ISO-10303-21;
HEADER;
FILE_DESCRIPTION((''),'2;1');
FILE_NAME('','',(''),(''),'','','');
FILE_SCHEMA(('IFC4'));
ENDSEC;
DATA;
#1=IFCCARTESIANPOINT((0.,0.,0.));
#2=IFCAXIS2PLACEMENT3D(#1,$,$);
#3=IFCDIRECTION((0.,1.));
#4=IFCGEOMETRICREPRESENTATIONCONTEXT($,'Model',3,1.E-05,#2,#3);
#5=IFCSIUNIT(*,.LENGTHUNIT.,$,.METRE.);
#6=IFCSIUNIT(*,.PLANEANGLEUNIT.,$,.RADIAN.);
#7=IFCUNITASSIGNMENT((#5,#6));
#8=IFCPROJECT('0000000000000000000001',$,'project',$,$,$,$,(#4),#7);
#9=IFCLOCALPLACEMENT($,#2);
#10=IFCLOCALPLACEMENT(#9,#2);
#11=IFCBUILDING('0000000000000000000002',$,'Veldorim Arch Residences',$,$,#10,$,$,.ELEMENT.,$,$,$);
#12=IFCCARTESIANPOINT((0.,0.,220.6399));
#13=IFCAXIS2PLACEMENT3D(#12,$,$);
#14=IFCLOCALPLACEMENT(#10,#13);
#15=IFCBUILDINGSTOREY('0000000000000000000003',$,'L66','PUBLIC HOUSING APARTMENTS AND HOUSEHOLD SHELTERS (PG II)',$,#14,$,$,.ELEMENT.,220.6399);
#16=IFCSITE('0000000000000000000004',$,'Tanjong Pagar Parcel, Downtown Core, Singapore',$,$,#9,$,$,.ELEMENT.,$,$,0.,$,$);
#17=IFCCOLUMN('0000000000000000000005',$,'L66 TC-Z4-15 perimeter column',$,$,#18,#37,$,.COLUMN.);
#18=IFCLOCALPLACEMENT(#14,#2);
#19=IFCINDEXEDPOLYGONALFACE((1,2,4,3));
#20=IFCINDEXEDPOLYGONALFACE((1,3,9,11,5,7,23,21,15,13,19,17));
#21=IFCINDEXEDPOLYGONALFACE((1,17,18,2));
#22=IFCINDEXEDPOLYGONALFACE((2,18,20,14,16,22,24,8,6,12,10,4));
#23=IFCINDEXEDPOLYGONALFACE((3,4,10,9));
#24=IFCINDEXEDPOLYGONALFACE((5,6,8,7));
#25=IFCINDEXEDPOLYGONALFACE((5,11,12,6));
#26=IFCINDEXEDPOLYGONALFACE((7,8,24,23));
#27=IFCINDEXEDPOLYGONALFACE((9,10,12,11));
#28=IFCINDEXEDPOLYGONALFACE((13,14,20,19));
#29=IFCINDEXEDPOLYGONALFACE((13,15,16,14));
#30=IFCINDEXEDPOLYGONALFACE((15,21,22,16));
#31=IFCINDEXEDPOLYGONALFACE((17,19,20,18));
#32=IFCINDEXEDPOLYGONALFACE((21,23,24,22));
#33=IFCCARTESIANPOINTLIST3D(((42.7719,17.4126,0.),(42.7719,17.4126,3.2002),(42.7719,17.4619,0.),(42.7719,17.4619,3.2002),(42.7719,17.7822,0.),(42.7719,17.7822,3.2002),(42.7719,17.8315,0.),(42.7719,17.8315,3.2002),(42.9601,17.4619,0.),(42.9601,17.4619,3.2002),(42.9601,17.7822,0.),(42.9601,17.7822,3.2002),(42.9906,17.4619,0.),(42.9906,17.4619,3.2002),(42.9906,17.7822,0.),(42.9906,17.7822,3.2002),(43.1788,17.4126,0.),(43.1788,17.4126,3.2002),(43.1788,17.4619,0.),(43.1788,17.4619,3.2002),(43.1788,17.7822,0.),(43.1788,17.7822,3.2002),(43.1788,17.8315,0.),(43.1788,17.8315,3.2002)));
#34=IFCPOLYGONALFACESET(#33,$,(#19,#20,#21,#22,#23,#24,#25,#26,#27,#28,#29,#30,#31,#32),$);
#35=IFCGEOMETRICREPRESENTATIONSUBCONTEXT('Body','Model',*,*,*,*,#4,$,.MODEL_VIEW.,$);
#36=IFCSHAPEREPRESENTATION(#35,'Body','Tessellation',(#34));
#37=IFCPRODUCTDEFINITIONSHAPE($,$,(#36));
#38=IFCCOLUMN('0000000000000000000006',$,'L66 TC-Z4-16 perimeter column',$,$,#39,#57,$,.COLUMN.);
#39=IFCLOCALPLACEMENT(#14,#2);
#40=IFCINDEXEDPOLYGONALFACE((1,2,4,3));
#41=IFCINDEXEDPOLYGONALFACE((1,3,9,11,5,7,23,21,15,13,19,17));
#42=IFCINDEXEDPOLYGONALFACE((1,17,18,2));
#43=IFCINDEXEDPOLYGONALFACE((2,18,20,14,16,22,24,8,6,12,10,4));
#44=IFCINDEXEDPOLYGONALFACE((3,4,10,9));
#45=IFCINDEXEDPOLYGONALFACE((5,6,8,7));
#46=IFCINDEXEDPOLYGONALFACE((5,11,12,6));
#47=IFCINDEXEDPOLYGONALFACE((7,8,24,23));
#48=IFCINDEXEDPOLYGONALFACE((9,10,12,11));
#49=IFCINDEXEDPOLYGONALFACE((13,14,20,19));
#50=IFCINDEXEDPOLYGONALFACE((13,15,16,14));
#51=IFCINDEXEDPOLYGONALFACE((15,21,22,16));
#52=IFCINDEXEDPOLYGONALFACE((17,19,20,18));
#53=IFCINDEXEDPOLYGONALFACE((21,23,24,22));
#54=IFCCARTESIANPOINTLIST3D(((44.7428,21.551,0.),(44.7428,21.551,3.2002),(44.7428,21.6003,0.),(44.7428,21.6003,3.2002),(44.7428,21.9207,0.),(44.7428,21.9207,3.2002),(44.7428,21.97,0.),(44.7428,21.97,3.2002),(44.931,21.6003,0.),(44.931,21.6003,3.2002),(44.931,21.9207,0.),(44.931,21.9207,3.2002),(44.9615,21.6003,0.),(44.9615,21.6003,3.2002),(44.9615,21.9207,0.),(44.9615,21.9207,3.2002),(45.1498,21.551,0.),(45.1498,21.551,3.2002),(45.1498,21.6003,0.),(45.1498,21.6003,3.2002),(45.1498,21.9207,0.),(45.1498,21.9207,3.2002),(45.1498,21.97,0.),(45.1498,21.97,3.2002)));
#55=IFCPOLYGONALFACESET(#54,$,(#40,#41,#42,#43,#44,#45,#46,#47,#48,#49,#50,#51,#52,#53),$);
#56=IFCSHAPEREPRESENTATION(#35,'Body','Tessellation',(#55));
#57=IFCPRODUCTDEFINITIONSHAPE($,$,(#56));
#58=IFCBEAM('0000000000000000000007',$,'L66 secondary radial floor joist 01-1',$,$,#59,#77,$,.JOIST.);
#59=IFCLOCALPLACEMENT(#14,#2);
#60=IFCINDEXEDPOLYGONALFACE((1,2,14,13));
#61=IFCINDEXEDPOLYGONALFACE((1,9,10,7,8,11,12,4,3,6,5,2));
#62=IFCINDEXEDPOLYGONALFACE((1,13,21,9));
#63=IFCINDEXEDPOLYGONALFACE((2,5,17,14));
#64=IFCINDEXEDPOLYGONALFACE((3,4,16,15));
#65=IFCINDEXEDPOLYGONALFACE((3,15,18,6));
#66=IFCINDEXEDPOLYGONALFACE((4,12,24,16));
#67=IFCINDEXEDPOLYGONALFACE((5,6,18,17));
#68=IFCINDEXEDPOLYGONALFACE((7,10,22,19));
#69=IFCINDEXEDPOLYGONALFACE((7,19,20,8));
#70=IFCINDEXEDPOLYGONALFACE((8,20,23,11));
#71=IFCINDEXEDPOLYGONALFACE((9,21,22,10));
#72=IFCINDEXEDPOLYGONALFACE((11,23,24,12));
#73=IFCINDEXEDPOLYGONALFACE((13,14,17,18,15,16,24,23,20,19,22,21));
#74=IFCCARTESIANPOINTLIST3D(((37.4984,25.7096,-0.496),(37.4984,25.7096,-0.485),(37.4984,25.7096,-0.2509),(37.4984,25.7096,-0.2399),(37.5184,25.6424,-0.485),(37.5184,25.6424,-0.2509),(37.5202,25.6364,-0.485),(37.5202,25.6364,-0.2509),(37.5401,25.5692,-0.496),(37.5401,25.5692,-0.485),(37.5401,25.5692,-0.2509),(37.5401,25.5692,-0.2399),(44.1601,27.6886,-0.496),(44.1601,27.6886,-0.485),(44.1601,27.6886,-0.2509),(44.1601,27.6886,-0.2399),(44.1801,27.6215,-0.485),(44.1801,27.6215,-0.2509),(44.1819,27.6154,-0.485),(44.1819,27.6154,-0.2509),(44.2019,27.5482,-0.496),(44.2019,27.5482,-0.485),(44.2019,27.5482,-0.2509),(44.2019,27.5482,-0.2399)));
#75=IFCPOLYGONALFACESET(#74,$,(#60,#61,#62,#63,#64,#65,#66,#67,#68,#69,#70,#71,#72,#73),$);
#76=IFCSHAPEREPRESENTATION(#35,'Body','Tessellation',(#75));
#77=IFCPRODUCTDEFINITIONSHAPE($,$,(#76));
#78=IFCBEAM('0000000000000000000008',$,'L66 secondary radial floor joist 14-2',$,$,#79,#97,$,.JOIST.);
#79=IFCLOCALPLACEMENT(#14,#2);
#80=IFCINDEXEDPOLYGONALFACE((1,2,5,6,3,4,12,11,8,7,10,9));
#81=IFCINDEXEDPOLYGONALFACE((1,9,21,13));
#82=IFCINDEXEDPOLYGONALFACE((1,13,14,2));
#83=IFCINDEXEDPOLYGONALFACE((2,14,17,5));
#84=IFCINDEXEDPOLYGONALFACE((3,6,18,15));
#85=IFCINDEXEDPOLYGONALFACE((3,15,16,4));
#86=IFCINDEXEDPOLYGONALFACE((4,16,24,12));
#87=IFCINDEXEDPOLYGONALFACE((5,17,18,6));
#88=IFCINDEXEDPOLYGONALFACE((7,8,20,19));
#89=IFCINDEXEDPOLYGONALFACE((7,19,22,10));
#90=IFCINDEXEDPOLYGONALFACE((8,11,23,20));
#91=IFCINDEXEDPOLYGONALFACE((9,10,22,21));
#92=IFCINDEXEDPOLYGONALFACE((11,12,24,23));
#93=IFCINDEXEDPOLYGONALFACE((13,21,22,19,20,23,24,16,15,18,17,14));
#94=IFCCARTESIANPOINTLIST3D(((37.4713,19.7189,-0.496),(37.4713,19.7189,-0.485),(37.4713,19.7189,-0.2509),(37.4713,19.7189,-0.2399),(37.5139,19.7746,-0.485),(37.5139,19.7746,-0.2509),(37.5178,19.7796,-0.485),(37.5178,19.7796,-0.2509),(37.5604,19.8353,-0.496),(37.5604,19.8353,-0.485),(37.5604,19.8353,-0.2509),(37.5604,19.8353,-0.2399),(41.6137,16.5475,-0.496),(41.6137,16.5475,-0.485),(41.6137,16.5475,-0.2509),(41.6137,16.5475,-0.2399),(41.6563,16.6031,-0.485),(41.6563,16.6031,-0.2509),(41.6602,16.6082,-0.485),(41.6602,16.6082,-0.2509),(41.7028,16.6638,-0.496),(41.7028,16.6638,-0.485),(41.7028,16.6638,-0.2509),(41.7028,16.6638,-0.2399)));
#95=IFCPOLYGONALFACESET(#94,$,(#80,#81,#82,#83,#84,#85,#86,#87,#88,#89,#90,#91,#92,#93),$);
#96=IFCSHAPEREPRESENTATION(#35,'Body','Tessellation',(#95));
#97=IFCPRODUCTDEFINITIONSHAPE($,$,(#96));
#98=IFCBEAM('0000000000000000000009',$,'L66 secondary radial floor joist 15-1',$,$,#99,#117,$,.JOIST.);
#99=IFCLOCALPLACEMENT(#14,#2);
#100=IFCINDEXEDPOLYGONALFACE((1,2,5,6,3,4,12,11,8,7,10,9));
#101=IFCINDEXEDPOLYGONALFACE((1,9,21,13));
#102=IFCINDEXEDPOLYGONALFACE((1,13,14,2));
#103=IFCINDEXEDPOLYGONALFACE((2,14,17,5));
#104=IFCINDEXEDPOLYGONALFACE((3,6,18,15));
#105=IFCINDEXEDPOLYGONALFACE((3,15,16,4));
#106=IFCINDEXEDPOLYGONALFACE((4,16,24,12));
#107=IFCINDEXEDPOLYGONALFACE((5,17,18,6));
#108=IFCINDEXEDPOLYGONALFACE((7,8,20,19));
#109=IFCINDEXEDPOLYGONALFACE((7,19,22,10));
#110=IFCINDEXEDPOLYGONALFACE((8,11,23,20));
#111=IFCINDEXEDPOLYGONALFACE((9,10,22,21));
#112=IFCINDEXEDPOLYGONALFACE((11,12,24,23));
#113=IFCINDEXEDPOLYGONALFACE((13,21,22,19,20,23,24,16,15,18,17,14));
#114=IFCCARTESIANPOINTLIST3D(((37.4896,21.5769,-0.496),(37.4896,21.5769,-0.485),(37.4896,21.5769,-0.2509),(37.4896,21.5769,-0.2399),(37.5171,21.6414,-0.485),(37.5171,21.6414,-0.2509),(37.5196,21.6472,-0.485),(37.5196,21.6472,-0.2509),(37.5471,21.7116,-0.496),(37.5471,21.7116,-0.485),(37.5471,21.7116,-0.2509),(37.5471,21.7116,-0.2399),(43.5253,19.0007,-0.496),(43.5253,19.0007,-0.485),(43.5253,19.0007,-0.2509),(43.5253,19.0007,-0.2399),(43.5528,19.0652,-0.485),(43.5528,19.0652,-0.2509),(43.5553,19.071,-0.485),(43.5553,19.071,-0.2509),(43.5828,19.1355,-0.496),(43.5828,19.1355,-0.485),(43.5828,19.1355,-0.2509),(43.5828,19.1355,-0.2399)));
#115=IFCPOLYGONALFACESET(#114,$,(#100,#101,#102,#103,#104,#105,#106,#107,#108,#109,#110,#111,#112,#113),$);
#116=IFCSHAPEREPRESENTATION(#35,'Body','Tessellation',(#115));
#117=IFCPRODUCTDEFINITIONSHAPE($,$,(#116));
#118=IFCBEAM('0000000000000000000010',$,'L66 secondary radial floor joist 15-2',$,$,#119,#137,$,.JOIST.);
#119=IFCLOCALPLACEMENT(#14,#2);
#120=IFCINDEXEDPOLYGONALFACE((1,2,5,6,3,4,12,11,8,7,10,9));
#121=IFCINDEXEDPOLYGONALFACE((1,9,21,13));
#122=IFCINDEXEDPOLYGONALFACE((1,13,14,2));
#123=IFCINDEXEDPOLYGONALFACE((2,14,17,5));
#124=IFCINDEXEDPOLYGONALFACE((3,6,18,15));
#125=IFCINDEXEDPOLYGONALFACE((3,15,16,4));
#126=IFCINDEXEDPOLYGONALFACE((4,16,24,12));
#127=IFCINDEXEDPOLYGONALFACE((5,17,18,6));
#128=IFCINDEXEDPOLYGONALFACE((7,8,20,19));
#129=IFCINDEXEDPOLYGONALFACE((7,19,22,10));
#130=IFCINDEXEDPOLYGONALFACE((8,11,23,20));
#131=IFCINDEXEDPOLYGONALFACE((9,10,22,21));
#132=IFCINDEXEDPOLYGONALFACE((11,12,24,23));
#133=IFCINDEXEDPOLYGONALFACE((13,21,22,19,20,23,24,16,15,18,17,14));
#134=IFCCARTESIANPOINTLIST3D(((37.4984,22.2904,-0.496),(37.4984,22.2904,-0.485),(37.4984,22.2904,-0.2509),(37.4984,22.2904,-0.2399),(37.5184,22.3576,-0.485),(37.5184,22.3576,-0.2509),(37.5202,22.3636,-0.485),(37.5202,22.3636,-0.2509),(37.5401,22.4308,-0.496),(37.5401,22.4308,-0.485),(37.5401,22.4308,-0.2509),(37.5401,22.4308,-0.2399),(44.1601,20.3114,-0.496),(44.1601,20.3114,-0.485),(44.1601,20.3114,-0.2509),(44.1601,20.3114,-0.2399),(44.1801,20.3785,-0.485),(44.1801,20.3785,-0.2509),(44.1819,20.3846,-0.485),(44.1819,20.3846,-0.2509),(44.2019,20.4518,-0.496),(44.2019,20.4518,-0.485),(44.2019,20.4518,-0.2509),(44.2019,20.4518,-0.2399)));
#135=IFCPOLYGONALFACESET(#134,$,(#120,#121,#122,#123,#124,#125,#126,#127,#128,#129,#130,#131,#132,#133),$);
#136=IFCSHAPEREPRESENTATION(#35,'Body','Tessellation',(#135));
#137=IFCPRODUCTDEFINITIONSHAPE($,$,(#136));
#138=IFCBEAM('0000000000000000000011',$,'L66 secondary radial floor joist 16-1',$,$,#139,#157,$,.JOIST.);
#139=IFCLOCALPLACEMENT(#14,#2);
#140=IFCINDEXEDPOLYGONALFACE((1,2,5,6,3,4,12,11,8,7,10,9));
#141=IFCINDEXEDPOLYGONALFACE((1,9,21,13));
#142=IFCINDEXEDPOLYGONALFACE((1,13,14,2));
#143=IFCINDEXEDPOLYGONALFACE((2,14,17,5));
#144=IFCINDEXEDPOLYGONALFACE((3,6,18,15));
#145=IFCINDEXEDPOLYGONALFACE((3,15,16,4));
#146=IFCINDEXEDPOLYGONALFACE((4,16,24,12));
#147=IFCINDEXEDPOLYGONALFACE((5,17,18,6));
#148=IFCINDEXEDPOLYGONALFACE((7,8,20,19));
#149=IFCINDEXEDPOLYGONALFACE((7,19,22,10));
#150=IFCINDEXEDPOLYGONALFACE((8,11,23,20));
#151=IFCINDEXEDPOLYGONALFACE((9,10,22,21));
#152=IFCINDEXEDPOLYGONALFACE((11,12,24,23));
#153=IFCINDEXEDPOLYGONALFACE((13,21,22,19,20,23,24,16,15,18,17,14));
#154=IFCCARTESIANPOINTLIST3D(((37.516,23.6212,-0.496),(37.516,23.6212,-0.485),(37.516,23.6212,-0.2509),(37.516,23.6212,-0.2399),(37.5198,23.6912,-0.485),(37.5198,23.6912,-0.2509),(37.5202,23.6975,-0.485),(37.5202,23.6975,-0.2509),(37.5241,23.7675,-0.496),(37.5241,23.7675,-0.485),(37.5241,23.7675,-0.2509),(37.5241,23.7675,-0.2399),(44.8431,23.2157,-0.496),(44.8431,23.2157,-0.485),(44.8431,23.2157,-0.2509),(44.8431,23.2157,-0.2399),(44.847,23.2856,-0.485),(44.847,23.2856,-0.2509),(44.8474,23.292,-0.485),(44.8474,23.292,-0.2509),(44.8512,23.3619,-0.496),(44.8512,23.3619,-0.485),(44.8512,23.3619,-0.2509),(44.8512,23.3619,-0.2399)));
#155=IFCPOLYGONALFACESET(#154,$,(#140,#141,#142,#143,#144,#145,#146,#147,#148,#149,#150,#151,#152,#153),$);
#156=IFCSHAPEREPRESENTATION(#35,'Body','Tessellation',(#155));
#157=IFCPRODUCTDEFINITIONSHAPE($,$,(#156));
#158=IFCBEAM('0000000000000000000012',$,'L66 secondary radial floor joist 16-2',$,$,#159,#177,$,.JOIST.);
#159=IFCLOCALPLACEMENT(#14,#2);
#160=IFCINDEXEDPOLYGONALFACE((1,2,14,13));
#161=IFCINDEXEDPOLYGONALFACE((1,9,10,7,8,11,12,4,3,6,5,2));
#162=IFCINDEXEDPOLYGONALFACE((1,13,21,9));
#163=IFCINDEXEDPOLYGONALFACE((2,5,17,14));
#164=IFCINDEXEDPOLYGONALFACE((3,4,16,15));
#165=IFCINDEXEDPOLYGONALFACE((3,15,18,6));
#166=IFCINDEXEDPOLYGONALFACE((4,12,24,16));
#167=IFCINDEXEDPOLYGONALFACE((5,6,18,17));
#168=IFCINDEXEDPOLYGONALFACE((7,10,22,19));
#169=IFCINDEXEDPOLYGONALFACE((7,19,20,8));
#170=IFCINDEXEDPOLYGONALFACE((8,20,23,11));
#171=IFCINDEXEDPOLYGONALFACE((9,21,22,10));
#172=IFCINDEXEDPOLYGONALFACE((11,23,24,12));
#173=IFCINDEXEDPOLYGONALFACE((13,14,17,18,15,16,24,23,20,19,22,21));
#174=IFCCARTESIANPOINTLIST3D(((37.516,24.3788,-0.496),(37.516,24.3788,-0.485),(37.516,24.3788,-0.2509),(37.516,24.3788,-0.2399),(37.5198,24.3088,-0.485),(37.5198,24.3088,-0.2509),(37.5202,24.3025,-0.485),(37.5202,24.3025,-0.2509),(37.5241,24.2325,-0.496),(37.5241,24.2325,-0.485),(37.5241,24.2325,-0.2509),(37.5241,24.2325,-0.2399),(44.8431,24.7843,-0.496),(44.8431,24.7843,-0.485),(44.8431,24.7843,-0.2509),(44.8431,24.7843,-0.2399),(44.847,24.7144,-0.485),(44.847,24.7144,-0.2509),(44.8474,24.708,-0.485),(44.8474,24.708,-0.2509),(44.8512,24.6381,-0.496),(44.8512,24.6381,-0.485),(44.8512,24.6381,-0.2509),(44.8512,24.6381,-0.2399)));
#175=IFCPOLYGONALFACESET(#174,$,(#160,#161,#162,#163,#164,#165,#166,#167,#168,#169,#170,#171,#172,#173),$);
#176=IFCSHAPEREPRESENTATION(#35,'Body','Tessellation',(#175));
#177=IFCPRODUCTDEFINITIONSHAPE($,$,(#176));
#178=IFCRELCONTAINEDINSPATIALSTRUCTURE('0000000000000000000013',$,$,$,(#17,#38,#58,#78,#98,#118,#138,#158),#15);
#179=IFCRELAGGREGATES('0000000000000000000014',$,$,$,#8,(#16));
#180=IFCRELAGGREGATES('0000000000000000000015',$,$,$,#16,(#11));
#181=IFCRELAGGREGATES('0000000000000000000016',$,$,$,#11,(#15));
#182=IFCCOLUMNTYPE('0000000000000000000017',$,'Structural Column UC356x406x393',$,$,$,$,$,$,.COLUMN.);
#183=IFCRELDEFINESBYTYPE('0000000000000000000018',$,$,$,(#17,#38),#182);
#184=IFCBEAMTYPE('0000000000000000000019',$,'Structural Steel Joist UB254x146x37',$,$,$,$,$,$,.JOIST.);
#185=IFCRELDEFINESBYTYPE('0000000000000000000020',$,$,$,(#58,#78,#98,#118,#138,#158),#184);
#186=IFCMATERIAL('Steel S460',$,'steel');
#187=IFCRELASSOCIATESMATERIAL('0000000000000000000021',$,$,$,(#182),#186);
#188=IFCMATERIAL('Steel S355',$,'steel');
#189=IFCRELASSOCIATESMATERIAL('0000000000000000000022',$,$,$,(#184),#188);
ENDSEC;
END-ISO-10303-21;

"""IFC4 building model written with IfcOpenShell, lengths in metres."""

from ifc_helpers import new_model, si_unit, direction, frame, origin, origin_2d, place, context, subcontext, project, spatial, i_section, extrude, material, material_profile, profile_set, type_object, element, save


model = new_model("IFC4")

# Units and contexts
model_context = context("Model", 3, precision=1e-05, world=origin(), true_north=direction((0.0, 1.0)))
body_context = subcontext(model_context, "Body", "Model", "MODEL_VIEW")
ifc_project = project(units=[si_unit("LENGTHUNIT", "METRE"), si_unit("PLANEANGLEUNIT", "RADIAN")], contexts=[model_context])

# Site, building, storey
site_placement = place(None, origin())
site = spatial("IfcSite", under=ifc_project, at=site_placement, Name="Tanjong Pagar Parcel, Downtown Core, Singapore", CompositionType="ELEMENT", RefElevation=0.0)
building_placement = place(site_placement, origin())
building = spatial("IfcBuilding", under=site, at=building_placement, Name="Veldorim Arch Residences", CompositionType="ELEMENT")
storey_placement = place(building_placement, frame((0.0, 0.0, 220.6399)))
storey = spatial("IfcBuildingStorey", under=building, at=storey_placement, Name="L66", Description="PUBLIC HOUSING APARTMENTS AND HOUSEHOLD SHELTERS (PG II)", CompositionType="ELEMENT", Elevation=220.6399)

# Columns
ifc_material_1 = material(Name="Steel S460", Category="steel")
ifc_material_profile_1 = material_profile(ifc_material_1, i_section(OverallWidth=0.407, OverallDepth=0.4189, WebThickness=0.0305, FlangeThickness=0.0493, at=origin_2d()), Name="UC356x406x393")
ifc_profile_set_1 = profile_set([ifc_material_profile_1], Name="Steel S460")
column_type = type_object("IfcColumnType", Name="Structural Column UC356x406x393", PredefinedType="COLUMN", material=ifc_profile_set_1)
for number, where, z_axis, x_axis, name in (
    (1, (42.9753, 17.6221, 0.0), (0.0, 0.0, 1.0), (1.0, 0.0, 0.0), "L66 TC-Z4-15 perimeter column"),
    (2, (44.9463, 21.7605, 0.0), (0.0, 0.0, 1.0), (1.0, 0.0, 0.0), "L66 TC-Z4-16 perimeter column"),
):
    element("IfcColumn", number, at=place(storey_placement, frame(where, z_axis=z_axis, x_axis=x_axis)), inside=storey, type_object=column_type, Name=name, PredefinedType="COLUMN", context=body_context, shape_type="SweptSolid", body=[
        extrude(i_section(OverallWidth=0.407, OverallDepth=0.4189, WebThickness=0.0305, FlangeThickness=0.0493, at=origin_2d()), origin(), (0.0, 0.0, 1.0), 3.2002),
    ])

# Beams
ifc_material_2 = material(Name="Steel S355", Category="steel")
ifc_material_profile_2 = material_profile(ifc_material_2, i_section(OverallWidth=0.1465, OverallDepth=0.2561, WebThickness=0.0063, FlangeThickness=0.011, at=origin_2d()), Name="UB254x146x37")
ifc_profile_set_2 = profile_set([ifc_material_profile_2], Name="Steel S355")
beam_type_1 = type_object("IfcBeamType", Name="Structural Steel Joist UB254x146x37", PredefinedType="JOIST", material=ifc_profile_set_2)
beam_1_placement = place(storey_placement, frame((37.5193, 25.6394, -0.3679), z_axis=(0.958594, 0.284775, 0.0), x_axis=(-0.284775, 0.958594, 0.0)))
element("IfcBeam", 3, at=beam_1_placement, inside=storey, type_object=beam_type_1, Name="L66 secondary radial floor joist 01-1", PredefinedType="JOIST", context=body_context, shape_type="SweptSolid", body=[
    extrude(i_section(OverallWidth=0.1465, OverallDepth=0.2561, WebThickness=0.0063, FlangeThickness=0.011, at=origin_2d()), origin(), (0.0, 0.0, 1.0), 6.9495),
])
beam_2_placement = place(storey_placement, frame((37.5159, 19.7771, -0.3679), z_axis=(0.794014, -0.6079, 0.0), x_axis=(0.6079, 0.794014, 0.0)))
element("IfcBeam", 4, at=beam_2_placement, inside=storey, type_object=beam_type_1, Name="L66 secondary radial floor joist 14-2", PredefinedType="JOIST", context=body_context, shape_type="SweptSolid", body=[
    extrude(i_section(OverallWidth=0.1465, OverallDepth=0.2561, WebThickness=0.0063, FlangeThickness=0.011, at=origin_2d()), origin(), (0.0, 0.0, 1.0), 5.217),
])
beam_3_placement = place(storey_placement, frame((37.5183, 21.6443, -0.3679), z_axis=(0.919725, -0.392563, 0.0), x_axis=(0.392563, 0.919725, 0.0)))
element("IfcBeam", 5, at=beam_3_placement, inside=storey, type_object=beam_type_1, Name="L66 secondary radial floor joist 15-1", PredefinedType="JOIST", context=body_context, shape_type="SweptSolid", body=[
    extrude(i_section(OverallWidth=0.1465, OverallDepth=0.2561, WebThickness=0.0063, FlangeThickness=0.011, at=origin_2d()), origin(), (0.0, 0.0, 1.0), 6.5625),
])
beam_4_placement = place(storey_placement, frame((37.5193, 22.3606, -0.3679), z_axis=(0.958594, -0.284775, 0.0), x_axis=(0.284775, 0.958594, 0.0)))
element("IfcBeam", 6, at=beam_4_placement, inside=storey, type_object=beam_type_1, Name="L66 secondary radial floor joist 15-2", PredefinedType="JOIST", context=body_context, shape_type="SweptSolid", body=[
    extrude(i_section(OverallWidth=0.1465, OverallDepth=0.2561, WebThickness=0.0063, FlangeThickness=0.011, at=origin_2d()), origin(), (0.0, 0.0, 1.0), 6.9495),
])
for number, where, z_axis, x_axis, name in (
    (7, (37.52, 23.6943, -0.3679), (0.998472, -0.05526, 0.0), (0.05526, 0.998472, 0.0), "L66 secondary radial floor joist 16-1"),
    (8, (37.52, 24.3057, -0.3679), (0.998472, 0.05526, 0.0), (-0.05526, 0.998472, 0.0), "L66 secondary radial floor joist 16-2"),
):
    element("IfcBeam", number, at=place(storey_placement, frame(where, z_axis=z_axis, x_axis=x_axis)), inside=storey, type_object=beam_type_1, Name=name, PredefinedType="JOIST", context=body_context, shape_type="SweptSolid", body=[
        extrude(i_section(OverallWidth=0.1465, OverallDepth=0.2561, WebThickness=0.0063, FlangeThickness=0.011, at=origin_2d()), origin(), (0.0, 0.0, 1.0), 7.3384),
    ])

save(model, "model.ifc")
